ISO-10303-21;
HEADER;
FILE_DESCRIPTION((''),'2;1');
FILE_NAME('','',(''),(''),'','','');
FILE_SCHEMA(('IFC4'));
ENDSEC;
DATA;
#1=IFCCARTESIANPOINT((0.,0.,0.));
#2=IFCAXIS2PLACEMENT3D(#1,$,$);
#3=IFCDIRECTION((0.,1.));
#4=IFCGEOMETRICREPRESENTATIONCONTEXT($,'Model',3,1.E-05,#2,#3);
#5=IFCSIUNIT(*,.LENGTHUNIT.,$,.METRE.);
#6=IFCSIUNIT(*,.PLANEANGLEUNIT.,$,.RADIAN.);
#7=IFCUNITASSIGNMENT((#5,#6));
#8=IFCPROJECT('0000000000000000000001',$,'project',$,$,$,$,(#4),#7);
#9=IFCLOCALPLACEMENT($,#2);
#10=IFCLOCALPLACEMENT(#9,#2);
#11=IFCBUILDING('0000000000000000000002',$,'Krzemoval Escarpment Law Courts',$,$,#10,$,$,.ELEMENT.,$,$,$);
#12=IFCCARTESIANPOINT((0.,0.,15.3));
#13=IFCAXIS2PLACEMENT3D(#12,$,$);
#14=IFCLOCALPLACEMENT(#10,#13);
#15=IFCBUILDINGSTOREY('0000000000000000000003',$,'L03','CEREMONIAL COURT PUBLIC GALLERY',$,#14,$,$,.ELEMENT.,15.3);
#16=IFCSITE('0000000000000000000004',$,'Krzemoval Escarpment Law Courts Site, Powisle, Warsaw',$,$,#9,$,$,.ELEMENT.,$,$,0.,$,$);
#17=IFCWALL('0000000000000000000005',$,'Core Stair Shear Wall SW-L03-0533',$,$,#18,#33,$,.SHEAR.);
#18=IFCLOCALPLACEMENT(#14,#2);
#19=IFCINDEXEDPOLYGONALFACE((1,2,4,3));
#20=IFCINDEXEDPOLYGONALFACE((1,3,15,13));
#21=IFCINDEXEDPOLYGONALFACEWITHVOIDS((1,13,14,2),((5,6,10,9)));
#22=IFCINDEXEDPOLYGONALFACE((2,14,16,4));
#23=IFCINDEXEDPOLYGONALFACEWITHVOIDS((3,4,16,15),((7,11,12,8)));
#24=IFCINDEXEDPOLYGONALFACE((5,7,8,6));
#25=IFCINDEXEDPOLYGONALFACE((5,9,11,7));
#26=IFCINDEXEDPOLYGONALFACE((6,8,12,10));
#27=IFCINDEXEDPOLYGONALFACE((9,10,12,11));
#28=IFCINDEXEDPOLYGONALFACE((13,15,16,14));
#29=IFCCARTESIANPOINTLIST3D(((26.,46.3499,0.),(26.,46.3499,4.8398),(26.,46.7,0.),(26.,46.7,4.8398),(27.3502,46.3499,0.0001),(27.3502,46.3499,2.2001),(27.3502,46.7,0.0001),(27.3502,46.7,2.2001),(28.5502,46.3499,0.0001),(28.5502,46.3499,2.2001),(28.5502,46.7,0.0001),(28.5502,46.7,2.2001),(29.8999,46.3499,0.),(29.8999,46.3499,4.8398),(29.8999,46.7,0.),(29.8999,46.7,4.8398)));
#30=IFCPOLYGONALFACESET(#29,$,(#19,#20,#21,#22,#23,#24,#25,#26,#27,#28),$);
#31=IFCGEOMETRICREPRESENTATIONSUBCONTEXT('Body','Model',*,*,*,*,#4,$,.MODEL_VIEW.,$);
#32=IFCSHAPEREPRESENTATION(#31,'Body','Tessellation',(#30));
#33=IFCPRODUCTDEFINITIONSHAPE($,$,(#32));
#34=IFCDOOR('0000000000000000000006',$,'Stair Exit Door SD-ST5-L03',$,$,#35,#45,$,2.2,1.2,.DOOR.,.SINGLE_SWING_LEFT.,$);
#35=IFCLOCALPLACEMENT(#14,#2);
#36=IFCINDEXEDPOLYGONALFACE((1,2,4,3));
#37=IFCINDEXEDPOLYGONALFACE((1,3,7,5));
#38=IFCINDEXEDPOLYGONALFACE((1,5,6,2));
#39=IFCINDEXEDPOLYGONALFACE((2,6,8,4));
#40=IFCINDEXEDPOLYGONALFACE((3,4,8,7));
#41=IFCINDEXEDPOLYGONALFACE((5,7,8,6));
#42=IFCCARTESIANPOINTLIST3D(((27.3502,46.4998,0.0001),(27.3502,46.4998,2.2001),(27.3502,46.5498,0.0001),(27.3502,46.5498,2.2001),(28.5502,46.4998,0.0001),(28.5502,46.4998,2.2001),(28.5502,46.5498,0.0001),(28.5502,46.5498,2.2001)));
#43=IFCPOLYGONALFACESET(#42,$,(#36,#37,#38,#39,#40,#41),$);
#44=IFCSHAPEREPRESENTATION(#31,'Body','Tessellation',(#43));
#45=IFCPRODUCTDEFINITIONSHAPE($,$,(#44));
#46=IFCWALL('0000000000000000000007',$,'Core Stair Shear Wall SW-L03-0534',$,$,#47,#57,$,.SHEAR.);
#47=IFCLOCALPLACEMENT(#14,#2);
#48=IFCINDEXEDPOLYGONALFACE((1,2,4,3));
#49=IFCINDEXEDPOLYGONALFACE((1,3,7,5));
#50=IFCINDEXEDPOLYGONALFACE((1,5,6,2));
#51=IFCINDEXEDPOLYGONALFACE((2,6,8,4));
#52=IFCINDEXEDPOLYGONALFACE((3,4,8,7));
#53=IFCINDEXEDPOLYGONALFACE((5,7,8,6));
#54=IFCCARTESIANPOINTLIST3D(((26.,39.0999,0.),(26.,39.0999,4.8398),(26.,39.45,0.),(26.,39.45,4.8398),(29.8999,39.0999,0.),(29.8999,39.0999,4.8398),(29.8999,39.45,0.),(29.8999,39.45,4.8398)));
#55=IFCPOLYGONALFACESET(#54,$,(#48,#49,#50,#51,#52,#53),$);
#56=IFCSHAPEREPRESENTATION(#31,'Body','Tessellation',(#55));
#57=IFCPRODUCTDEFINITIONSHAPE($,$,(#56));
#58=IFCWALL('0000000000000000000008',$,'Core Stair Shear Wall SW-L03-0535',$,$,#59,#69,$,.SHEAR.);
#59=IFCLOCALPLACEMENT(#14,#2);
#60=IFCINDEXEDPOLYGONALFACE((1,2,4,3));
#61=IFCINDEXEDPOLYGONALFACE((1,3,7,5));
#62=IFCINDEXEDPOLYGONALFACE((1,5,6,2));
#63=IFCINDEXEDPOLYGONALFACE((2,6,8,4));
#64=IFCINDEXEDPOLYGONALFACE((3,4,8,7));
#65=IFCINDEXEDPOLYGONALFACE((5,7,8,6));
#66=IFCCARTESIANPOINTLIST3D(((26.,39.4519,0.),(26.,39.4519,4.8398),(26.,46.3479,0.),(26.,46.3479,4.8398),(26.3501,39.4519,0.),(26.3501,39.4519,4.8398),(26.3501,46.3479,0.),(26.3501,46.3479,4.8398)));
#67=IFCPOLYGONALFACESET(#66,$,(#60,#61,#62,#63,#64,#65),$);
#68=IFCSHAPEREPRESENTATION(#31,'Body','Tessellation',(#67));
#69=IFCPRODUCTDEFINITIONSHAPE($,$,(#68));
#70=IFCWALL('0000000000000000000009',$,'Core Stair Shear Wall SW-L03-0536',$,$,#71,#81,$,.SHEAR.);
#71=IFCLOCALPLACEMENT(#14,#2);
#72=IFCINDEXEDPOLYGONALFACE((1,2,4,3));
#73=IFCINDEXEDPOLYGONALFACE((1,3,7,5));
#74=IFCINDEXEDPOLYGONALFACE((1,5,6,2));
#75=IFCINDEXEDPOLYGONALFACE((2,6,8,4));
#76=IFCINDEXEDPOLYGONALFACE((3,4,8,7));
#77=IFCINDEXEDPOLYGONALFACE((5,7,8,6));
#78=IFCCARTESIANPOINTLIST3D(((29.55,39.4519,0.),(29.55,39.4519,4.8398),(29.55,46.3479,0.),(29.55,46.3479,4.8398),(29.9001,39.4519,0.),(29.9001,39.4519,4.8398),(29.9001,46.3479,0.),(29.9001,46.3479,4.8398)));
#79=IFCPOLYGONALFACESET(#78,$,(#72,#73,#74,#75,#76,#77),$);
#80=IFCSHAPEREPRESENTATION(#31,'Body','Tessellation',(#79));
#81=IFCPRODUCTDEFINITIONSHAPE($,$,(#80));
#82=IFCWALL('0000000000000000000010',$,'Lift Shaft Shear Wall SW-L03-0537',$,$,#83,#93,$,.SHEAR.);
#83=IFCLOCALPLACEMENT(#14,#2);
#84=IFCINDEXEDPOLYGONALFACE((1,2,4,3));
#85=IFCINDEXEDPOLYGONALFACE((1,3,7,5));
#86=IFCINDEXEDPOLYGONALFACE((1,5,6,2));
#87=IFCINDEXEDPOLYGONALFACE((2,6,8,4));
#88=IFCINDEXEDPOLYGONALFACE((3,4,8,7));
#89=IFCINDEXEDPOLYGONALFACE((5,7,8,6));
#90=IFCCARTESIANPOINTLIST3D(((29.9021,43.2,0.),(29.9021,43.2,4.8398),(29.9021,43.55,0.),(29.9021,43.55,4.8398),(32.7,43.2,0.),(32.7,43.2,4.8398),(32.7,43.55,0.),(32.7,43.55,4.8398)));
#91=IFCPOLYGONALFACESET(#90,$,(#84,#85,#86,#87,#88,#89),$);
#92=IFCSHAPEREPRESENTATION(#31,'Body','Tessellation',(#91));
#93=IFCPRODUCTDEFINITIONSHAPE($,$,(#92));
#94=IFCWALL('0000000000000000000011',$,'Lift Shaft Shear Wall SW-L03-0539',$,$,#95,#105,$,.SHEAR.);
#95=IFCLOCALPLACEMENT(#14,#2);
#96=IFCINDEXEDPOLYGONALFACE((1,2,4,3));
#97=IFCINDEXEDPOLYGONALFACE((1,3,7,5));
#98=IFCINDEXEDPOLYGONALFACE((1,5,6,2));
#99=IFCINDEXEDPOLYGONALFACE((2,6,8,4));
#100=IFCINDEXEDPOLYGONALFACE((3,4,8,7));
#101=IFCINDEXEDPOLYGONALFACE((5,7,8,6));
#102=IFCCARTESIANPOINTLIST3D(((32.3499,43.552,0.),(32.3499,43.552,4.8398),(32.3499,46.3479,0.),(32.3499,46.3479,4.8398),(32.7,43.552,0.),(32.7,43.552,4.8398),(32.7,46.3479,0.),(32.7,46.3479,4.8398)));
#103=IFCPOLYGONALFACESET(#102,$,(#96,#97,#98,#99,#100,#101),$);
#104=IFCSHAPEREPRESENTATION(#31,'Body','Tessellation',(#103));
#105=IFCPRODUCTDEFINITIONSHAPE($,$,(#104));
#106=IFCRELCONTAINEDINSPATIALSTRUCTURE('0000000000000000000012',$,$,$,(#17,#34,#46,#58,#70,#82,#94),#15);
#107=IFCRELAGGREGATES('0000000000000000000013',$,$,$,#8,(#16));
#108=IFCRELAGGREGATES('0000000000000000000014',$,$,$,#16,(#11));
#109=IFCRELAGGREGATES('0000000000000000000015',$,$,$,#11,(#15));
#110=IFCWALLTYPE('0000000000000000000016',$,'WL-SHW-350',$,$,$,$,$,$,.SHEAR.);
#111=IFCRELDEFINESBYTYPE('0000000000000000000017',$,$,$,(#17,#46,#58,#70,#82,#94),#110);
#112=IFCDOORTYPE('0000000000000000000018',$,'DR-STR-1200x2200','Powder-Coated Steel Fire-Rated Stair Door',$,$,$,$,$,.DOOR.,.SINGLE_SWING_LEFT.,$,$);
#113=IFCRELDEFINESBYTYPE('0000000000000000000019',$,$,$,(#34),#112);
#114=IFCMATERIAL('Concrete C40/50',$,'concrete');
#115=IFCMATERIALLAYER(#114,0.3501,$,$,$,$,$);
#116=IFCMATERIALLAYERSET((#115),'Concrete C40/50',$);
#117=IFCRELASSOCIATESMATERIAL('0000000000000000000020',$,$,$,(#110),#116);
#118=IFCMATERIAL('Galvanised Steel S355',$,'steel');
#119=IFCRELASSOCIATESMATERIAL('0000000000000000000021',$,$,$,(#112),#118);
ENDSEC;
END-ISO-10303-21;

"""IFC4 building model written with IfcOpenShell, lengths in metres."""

from ifc_helpers import new_model, si_unit, direction, frame, frame_2d, origin, place, context, subcontext, project, spatial, rectangle, extrude, material, layer, layer_set, type_object, element, fill, save


model = new_model("IFC4")

# Units and contexts
model_context = context("Model", 3, precision=1e-05, world=origin(), true_north=direction((0.0, 1.0)))
body_context = subcontext(model_context, "Body", "Model", "MODEL_VIEW")
ifc_project = project(units=[si_unit("LENGTHUNIT", "METRE"), si_unit("PLANEANGLEUNIT", "RADIAN")], contexts=[model_context])

# Site, building, storey
site_placement = place(None, origin())
site = spatial("IfcSite", under=ifc_project, at=site_placement, Name="Krzemoval Escarpment Law Courts Site, Powisle, Warsaw", CompositionType="ELEMENT", RefElevation=0.0)
building_placement = place(site_placement, origin())
building = spatial("IfcBuilding", under=site, at=building_placement, Name="Krzemoval Escarpment Law Courts", CompositionType="ELEMENT")
storey_placement = place(building_placement, frame((0.0, 0.0, 15.3)))
storey = spatial("IfcBuildingStorey", under=building, at=storey_placement, Name="L03", Description="CEREMONIAL COURT PUBLIC GALLERY", CompositionType="ELEMENT", Elevation=15.3)

# Wall, opening, door
ifc_material_1 = material(Name="Concrete C40/50", Category="concrete")
ifc_layer_1 = layer(ifc_material_1, 0.3501)
ifc_layer_set_1 = layer_set([ifc_layer_1], Name="Concrete C40/50")
wall_type_1 = type_object("IfcWallType", Name="WL-SHW-350", PredefinedType="SHEAR", material=ifc_layer_set_1)
wall_1_placement = place(storey_placement, frame((26.0, 46.5249, 0.0), z_axis=(0.0, 0.0, 1.0), x_axis=(1.0, 0.0, 0.0)))
wall_1 = element("IfcWall", 1, at=wall_1_placement, inside=storey, type_object=wall_type_1, Name="Core Stair Shear Wall SW-L03-0533", PredefinedType="SHEAR", context=body_context, shape_type="SweptSolid", body=[
    extrude(rectangle(XDim=3.8999, YDim=0.3501, at=frame_2d((1.95, 0.0))), origin(), (0.0, 0.0, 1.0), 4.8398),
])
opening_1_placement = place(wall_1_placement, frame((1.3501, 0.0, 0.0)))
opening_1 = element("IfcOpeningElement", 2, at=opening_1_placement, cuts=wall_1, PredefinedType="OPENING", context=body_context, shape_type="SweptSolid", body=[
    extrude(rectangle(XDim=1.2, YDim=2.2, at=frame_2d((0.6001, 1.1001))), frame((0.0, 0.19, 0.0), z_axis=(0.0, -1.0, 0.0), x_axis=(1.0, 0.0, 0.0)), (0.0, 0.0, 1.0), 0.3801),
])
ifc_material_2 = material(Name="Galvanised Steel S355", Category="steel")
door_type_1 = type_object("IfcDoorType", Name="DR-STR-1200x2200", Description="Powder-Coated Steel Fire-Rated Stair Door", OperationType="SINGLE_SWING_LEFT", PredefinedType="DOOR", material=ifc_material_2)
door_1_placement = place(opening_1_placement, origin())
door_1 = element("IfcDoor", 3, at=door_1_placement, inside=storey, type_object=door_type_1, Name="Stair Exit Door SD-ST5-L03", OperationType="SINGLE_SWING_LEFT", OverallHeight=2.2, OverallWidth=1.2, PredefinedType="DOOR", context=body_context, shape_type="SweptSolid", body=[
    extrude(rectangle(XDim=1.2, YDim=2.2, at=frame_2d((0.6001, 1.1001))), frame((0.0, 0.0249, 0.0), z_axis=(0.0, -1.0, 0.0), x_axis=(1.0, 0.0, 0.0)), (0.0, 0.0, 1.0), 0.05),
])
fill(opening_1, door_1)

# Walls
wall_2_placement = place(storey_placement, frame((26.0, 39.2749, 0.0), z_axis=(0.0, 0.0, 1.0), x_axis=(1.0, 0.0, 0.0)))
element("IfcWall", 4, at=wall_2_placement, inside=storey, type_object=wall_type_1, Name="Core Stair Shear Wall SW-L03-0534", PredefinedType="SHEAR", context=body_context, shape_type="SweptSolid", body=[
    extrude(rectangle(XDim=3.8999, YDim=0.3501, at=frame_2d((1.95, 0.0))), origin(), (0.0, 0.0, 1.0), 4.8398),
])
for number, where, z_axis, x_axis, name in (
    (5, (26.175, 39.4519, 0.0), (0.0, 0.0, 1.0), (0.0, 1.0, 0.0), "Core Stair Shear Wall SW-L03-0535"),
    (6, (29.7251, 39.4519, 0.0), (0.0, 0.0, 1.0), (0.0, 1.0, 0.0), "Core Stair Shear Wall SW-L03-0536"),
):
    element("IfcWall", number, at=place(storey_placement, frame(where, z_axis=z_axis, x_axis=x_axis)), inside=storey, type_object=wall_type_1, Name=name, PredefinedType="SHEAR", context=body_context, shape_type="SweptSolid", body=[
        extrude(rectangle(XDim=6.896, YDim=0.3501, at=frame_2d((3.448, 0.0))), origin(), (0.0, 0.0, 1.0), 4.8398),
    ])
wall_3_placement = place(storey_placement, frame((29.9021, 43.375, 0.0), z_axis=(0.0, 0.0, 1.0), x_axis=(1.0, 0.0, 0.0)))
element("IfcWall", 7, at=wall_3_placement, inside=storey, type_object=wall_type_1, Name="Lift Shaft Shear Wall SW-L03-0537", PredefinedType="SHEAR", context=body_context, shape_type="SweptSolid", body=[
    extrude(rectangle(XDim=2.7979, YDim=0.3501, at=frame_2d((1.3989, 0.0))), origin(), (0.0, 0.0, 1.0), 4.8398),
])

# Wall
wall_4_placement = place(storey_placement, frame((32.5249, 43.552, 0.0), z_axis=(0.0, 0.0, 1.0), x_axis=(0.0, 1.0, 0.0)))
element("IfcWall", 8, at=wall_4_placement, inside=storey, type_object=wall_type_1, Name="Lift Shaft Shear Wall SW-L03-0539", PredefinedType="SHEAR", context=body_context, shape_type="SweptSolid", body=[
    extrude(rectangle(XDim=2.7959, YDim=0.3501, at=frame_2d((1.3979, 0.0))), origin(), (0.0, 0.0, 1.0), 4.8398),
])

save(model, "model.ifc")
